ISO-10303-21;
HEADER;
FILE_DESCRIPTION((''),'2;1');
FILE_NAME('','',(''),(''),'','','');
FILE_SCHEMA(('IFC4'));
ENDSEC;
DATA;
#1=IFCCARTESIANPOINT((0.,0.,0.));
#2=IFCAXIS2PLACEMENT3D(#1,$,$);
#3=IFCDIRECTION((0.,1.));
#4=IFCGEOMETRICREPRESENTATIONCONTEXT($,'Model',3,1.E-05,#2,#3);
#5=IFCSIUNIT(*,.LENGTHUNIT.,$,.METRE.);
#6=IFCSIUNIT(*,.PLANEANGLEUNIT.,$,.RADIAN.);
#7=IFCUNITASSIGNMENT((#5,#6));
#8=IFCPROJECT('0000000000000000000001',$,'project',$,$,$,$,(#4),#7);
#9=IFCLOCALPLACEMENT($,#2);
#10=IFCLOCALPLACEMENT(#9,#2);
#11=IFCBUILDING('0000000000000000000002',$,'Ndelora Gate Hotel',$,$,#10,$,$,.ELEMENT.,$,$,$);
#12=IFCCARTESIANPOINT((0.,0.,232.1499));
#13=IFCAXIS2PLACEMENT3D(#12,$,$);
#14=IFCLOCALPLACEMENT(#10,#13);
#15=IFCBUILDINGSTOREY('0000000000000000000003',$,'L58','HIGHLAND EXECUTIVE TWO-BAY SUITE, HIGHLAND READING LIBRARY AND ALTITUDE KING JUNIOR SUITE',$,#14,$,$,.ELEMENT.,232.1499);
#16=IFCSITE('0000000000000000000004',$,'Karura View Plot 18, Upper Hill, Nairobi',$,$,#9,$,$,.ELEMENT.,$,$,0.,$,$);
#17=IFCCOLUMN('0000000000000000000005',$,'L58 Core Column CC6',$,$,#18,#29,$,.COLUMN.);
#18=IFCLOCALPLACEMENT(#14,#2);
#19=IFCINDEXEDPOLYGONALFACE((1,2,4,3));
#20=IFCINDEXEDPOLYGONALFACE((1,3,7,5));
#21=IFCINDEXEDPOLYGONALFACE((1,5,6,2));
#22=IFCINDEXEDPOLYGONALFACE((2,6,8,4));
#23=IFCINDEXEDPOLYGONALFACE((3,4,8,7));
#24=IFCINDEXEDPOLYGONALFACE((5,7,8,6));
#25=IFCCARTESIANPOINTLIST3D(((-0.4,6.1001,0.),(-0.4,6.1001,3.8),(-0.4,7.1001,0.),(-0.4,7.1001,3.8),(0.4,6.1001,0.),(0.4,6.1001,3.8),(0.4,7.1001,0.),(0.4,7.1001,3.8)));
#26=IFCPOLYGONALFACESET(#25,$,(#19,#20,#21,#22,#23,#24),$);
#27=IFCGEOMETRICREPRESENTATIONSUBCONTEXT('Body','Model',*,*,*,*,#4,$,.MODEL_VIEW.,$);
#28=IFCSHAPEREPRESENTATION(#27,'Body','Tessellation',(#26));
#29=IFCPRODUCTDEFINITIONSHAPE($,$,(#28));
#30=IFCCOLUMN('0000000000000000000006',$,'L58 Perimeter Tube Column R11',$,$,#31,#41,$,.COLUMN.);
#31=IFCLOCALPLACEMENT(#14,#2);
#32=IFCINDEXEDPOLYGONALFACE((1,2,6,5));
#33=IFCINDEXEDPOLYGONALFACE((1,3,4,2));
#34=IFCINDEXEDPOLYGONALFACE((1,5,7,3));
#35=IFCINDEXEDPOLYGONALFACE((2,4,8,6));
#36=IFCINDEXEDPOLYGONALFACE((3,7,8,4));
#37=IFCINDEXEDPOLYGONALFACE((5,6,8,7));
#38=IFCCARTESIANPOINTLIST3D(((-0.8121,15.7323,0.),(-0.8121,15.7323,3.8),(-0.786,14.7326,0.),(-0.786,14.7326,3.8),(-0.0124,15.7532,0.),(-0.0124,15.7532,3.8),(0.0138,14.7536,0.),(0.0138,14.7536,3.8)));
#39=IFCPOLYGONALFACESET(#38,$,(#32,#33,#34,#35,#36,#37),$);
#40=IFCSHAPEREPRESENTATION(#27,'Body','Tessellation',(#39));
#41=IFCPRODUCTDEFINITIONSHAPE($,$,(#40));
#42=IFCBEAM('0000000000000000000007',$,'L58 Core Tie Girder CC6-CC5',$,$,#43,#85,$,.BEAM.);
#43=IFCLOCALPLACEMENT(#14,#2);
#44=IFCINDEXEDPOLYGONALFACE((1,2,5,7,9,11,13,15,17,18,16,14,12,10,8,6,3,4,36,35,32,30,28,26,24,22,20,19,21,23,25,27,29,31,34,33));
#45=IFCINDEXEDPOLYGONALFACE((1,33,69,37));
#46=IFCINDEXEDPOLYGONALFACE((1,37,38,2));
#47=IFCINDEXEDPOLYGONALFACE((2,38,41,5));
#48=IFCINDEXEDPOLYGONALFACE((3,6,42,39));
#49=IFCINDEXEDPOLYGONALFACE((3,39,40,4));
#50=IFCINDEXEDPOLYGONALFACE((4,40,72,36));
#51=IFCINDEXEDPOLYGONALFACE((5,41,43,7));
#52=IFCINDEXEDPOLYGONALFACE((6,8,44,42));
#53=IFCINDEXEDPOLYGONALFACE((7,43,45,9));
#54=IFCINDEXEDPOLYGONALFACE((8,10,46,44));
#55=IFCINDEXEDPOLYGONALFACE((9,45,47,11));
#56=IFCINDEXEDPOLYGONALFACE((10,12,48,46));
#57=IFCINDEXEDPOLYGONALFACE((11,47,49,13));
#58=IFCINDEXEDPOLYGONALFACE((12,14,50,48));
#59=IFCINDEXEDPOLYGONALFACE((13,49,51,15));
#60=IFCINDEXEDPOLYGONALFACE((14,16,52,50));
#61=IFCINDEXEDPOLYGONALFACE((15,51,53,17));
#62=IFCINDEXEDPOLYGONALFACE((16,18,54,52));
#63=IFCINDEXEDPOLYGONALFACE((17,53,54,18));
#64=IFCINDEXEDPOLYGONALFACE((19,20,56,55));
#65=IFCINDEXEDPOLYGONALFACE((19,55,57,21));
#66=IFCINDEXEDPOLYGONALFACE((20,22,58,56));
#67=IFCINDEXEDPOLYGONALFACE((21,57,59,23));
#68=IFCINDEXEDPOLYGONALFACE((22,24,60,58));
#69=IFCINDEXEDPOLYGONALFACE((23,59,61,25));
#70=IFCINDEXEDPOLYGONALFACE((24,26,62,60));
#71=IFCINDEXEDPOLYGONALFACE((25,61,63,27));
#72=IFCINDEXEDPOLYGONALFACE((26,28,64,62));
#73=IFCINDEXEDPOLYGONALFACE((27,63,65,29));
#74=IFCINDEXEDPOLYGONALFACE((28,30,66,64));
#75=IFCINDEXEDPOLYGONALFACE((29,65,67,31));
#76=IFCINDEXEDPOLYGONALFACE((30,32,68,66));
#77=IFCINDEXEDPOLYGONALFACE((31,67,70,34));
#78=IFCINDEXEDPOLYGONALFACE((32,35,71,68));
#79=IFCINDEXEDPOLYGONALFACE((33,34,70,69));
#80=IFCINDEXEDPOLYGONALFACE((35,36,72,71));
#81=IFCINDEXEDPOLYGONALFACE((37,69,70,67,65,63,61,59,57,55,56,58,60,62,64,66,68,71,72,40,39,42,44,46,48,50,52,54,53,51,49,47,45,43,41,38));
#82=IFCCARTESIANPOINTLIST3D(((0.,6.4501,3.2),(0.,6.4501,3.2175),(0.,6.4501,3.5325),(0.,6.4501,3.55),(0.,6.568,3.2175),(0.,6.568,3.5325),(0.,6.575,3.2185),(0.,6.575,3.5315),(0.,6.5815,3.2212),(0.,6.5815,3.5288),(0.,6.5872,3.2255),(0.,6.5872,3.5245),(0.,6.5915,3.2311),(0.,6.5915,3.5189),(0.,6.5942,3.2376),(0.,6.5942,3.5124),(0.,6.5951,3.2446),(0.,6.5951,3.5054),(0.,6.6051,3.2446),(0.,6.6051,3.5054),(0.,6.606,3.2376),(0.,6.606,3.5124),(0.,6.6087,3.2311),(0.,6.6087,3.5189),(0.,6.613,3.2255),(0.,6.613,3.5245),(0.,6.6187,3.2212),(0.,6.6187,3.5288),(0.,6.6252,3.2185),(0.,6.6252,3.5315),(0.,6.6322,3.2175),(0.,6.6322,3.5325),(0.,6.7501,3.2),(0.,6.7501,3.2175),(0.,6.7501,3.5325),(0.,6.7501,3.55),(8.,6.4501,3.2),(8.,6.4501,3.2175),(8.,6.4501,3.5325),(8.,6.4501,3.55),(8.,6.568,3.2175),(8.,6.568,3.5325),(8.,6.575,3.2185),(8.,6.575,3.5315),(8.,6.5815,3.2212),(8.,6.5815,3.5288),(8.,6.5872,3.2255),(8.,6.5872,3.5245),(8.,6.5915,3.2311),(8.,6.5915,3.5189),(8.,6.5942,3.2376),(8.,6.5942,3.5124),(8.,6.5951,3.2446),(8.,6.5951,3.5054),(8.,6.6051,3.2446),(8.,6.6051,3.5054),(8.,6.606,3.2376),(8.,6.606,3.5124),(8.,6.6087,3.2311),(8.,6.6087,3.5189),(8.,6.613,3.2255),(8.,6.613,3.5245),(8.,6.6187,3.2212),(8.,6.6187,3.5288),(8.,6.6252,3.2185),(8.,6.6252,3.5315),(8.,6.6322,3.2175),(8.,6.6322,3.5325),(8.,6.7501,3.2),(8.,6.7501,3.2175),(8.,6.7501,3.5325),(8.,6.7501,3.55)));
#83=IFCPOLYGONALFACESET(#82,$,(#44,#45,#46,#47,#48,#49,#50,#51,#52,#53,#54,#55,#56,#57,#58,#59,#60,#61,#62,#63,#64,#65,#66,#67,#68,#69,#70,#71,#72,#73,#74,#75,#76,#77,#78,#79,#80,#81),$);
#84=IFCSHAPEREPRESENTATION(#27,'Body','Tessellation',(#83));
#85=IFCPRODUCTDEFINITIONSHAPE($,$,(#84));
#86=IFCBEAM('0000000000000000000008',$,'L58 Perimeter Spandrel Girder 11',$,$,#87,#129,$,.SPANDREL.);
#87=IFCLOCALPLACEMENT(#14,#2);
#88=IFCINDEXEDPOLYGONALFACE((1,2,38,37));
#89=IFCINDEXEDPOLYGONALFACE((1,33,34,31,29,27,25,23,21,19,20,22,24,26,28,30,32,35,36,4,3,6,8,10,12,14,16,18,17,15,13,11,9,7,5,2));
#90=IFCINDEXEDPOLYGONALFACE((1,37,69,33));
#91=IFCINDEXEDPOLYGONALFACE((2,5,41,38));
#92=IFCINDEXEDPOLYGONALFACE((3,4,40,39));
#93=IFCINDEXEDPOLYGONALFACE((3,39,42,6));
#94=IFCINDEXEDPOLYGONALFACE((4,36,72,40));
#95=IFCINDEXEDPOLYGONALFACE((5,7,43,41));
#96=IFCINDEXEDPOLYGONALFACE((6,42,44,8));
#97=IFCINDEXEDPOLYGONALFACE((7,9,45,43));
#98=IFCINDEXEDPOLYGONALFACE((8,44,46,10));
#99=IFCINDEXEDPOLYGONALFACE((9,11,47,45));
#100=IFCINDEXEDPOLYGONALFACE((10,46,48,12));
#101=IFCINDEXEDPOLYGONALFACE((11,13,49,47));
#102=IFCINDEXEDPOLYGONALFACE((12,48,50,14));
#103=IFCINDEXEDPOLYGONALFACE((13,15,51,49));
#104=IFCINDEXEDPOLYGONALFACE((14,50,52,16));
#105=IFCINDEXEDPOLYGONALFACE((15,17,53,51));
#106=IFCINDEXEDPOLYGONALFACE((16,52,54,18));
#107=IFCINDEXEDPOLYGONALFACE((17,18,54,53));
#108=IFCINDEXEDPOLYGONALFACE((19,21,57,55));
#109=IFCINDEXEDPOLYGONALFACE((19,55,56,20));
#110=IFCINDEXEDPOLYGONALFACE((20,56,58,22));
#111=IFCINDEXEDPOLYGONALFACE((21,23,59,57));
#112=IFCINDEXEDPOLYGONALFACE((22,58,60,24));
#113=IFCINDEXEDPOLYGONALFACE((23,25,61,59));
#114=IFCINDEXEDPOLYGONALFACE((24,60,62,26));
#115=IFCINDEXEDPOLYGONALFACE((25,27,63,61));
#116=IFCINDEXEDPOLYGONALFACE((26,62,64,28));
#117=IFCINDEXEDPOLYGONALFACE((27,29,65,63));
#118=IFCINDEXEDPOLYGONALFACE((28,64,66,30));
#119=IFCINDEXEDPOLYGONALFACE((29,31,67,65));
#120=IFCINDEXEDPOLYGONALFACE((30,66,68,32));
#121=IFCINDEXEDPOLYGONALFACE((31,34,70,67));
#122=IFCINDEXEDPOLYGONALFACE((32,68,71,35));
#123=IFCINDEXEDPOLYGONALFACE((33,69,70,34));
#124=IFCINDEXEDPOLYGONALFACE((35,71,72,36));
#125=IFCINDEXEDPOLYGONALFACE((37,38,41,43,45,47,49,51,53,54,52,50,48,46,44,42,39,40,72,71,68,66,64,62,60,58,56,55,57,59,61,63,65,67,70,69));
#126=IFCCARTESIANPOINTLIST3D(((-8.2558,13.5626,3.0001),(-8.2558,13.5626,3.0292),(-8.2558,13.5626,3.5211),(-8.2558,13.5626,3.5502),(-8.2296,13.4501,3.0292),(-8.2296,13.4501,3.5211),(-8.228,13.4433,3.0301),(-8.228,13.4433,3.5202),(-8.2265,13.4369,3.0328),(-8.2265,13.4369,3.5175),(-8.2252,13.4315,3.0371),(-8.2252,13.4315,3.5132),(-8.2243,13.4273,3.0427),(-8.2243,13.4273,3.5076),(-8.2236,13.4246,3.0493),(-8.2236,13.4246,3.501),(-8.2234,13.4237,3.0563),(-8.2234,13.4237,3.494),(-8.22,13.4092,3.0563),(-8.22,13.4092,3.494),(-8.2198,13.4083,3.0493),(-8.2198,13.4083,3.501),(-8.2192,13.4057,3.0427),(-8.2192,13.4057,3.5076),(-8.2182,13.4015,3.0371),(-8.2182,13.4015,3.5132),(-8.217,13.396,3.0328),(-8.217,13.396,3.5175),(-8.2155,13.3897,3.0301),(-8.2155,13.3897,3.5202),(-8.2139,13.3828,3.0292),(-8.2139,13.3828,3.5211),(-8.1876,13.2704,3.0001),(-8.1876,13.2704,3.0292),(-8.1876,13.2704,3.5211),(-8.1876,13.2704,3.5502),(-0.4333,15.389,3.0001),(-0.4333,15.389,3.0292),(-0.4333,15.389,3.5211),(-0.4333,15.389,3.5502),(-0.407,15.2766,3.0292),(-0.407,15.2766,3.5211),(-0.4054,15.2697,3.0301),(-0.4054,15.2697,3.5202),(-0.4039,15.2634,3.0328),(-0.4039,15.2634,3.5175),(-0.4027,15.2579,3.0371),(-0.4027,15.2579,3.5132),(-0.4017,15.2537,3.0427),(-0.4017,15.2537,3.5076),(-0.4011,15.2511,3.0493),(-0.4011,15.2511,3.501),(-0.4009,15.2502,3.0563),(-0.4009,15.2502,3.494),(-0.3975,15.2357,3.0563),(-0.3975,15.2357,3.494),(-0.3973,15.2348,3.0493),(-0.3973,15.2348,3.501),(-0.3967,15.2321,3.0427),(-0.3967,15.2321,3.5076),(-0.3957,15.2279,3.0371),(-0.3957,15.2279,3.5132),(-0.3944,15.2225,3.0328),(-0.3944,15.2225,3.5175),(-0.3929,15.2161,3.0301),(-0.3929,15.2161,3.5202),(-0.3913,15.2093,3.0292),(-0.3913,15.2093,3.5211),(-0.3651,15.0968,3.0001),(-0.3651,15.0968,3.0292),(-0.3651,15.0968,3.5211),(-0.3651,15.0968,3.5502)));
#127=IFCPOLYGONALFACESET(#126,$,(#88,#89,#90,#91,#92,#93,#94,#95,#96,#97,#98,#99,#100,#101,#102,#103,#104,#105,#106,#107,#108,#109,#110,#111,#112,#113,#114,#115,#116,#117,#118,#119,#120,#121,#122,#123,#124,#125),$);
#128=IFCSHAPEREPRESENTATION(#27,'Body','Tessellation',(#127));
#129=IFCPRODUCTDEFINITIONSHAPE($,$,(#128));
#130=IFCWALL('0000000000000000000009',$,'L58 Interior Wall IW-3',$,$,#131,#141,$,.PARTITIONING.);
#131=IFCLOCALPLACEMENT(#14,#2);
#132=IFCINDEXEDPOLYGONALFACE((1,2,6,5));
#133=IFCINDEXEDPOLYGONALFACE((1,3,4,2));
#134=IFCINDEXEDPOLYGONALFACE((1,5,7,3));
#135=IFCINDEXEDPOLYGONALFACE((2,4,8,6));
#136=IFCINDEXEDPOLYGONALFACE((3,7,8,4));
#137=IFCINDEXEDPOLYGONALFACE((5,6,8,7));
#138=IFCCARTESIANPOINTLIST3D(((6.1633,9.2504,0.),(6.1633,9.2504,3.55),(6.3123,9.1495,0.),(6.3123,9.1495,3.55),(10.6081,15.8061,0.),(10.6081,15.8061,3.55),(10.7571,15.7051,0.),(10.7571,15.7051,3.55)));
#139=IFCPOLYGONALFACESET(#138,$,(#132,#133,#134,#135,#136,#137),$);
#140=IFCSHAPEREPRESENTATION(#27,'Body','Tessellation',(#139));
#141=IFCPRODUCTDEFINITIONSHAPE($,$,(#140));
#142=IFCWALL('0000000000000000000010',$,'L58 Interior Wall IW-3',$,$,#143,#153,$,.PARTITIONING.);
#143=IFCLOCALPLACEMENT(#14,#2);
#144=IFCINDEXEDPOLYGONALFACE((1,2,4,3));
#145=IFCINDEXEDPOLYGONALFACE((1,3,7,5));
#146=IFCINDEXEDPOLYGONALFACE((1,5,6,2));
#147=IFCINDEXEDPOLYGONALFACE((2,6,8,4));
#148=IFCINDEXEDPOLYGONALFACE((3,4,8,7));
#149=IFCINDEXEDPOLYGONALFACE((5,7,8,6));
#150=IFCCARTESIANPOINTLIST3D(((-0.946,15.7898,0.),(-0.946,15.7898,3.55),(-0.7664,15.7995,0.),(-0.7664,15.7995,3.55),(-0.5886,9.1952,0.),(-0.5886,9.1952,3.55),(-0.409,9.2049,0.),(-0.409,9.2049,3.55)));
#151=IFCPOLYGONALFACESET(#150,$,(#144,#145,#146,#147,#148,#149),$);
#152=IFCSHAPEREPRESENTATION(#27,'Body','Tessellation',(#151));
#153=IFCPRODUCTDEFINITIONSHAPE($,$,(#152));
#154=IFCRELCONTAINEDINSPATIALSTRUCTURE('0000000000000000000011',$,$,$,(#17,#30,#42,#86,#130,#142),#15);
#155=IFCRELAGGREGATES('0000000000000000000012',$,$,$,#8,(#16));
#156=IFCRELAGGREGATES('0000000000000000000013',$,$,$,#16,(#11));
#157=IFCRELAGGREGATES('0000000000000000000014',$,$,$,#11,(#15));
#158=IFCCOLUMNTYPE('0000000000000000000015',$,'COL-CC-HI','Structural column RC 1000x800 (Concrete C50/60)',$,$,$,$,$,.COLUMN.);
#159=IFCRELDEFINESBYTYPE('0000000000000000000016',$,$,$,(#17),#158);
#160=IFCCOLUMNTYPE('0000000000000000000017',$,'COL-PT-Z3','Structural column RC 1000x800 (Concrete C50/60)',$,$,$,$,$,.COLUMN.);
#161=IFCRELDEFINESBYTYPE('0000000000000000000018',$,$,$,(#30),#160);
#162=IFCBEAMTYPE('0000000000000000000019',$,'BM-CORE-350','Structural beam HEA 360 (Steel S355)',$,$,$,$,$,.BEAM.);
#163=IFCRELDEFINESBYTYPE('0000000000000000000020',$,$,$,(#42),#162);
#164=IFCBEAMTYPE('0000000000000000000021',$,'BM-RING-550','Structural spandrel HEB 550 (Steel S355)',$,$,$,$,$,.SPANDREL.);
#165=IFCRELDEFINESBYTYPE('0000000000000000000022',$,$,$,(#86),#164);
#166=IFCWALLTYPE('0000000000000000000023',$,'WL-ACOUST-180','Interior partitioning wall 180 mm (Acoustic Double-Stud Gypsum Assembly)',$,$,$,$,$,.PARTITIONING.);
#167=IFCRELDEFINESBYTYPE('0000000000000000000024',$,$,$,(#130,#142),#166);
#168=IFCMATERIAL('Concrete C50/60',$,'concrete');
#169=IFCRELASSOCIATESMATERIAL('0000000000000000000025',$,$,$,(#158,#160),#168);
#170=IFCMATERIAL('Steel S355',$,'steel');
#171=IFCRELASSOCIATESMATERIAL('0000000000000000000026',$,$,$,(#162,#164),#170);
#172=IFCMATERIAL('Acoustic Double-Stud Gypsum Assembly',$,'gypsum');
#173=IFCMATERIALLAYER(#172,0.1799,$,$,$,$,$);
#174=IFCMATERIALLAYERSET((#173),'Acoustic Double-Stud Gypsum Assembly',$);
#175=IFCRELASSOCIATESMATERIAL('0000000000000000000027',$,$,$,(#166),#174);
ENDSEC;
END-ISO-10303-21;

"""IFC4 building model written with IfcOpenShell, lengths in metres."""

from ifc_helpers import new_model, si_unit, direction, frame, frame_2d, origin, origin_2d, place, context, subcontext, project, spatial, rectangle, i_section, extrude, material, layer, layer_set, material_profile, profile_set, type_object, element, save


model = new_model("IFC4")

# Units and contexts
model_context = context("Model", 3, precision=1e-05, world=origin(), true_north=direction((0.0, 1.0)))
body_context = subcontext(model_context, "Body", "Model", "MODEL_VIEW")
ifc_project = project(units=[si_unit("LENGTHUNIT", "METRE"), si_unit("PLANEANGLEUNIT", "RADIAN")], contexts=[model_context])

# Site, building, storey
site_placement = place(None, origin())
site = spatial("IfcSite", under=ifc_project, at=site_placement, Name="Karura View Plot 18, Upper Hill, Nairobi", CompositionType="ELEMENT", RefElevation=0.0)
building_placement = place(site_placement, origin())
building = spatial("IfcBuilding", under=site, at=building_placement, Name="Ndelora Gate Hotel", CompositionType="ELEMENT")
storey_placement = place(building_placement, frame((0.0, 0.0, 232.1499)))
storey = spatial("IfcBuildingStorey", under=building, at=storey_placement, Name="L58", Description="HIGHLAND EXECUTIVE TWO-BAY SUITE, HIGHLAND READING LIBRARY AND ALTITUDE KING JUNIOR SUITE", CompositionType="ELEMENT", Elevation=232.1499)

# Columns
ifc_material_1 = material(Name="Concrete C50/60", Category="concrete")
ifc_material_profile_1 = material_profile(ifc_material_1, rectangle(XDim=0.8, YDim=1.0, at=origin_2d()), Name="RC 1000x800")
ifc_profile_set_1 = profile_set([ifc_material_profile_1], Name="Concrete C50/60")
column_type_1 = type_object("IfcColumnType", Name="COL-CC-HI", Description="Structural column RC 1000x800 (Concrete C50/60)", PredefinedType="COLUMN", material=ifc_profile_set_1)
column_1_placement = place(storey_placement, frame((0.0, 6.6001, 0.0), z_axis=(0.0, 0.0, 1.0), x_axis=(1.0, 0.0, 0.0)))
element("IfcColumn", 1, at=column_1_placement, inside=storey, type_object=column_type_1, Name="L58 Core Column CC6", PredefinedType="COLUMN", context=body_context, shape_type="SweptSolid", body=[
    extrude(rectangle(XDim=0.8, YDim=1.0, at=origin_2d()), origin(), (0.0, 0.0, 1.0), 3.8),
])
ifc_material_profile_2 = material_profile(ifc_material_1, rectangle(XDim=0.8, YDim=1.0, at=origin_2d()), Name="RC 1000x800")
ifc_profile_set_2 = profile_set([ifc_material_profile_2], Name="Concrete C50/60")
column_type_2 = type_object("IfcColumnType", Name="COL-PT-Z3", Description="Structural column RC 1000x800 (Concrete C50/60)", PredefinedType="COLUMN", material=ifc_profile_set_2)
column_2_placement = place(storey_placement, frame((-0.3992, 15.2429, 0.0), z_axis=(0.0, 0.0, 1.0), x_axis=(0.999657, 0.026177, 0.0)))
element("IfcColumn", 2, at=column_2_placement, inside=storey, type_object=column_type_2, Name="L58 Perimeter Tube Column R11", PredefinedType="COLUMN", context=body_context, shape_type="SweptSolid", body=[
    extrude(rectangle(XDim=0.8, YDim=1.0, at=origin_2d()), origin(), (0.0, 0.0, 1.0), 3.8),
])

# Beams
ifc_material_2 = material(Name="Steel S355", Category="steel")
ifc_material_profile_3 = material_profile(ifc_material_2, i_section(OverallWidth=0.3, OverallDepth=0.3501, WebThickness=0.01, FlangeThickness=0.0176, FilletRadius=0.0271, at=origin_2d()), Name="HEA 360")
ifc_profile_set_3 = profile_set([ifc_material_profile_3], Name="Steel S355")
beam_type_1 = type_object("IfcBeamType", Name="BM-CORE-350", Description="Structural beam HEA 360 (Steel S355)", PredefinedType="BEAM", material=ifc_profile_set_3)
beam_1_placement = place(storey_placement, frame((0.0, 6.6001, 3.375), z_axis=(1.0, 0.0, 0.0), x_axis=(0.0, 1.0, 0.0)))
element("IfcBeam", 3, at=beam_1_placement, inside=storey, type_object=beam_type_1, Name="L58 Core Tie Girder CC6-CC5", PredefinedType="BEAM", context=body_context, shape_type="SweptSolid", body=[
    extrude(i_section(OverallWidth=0.3, OverallDepth=0.3501, WebThickness=0.01, FlangeThickness=0.0176, FilletRadius=0.0271, at=origin_2d()), origin(), (0.0, 0.0, 1.0), 8.0),
])
ifc_material_profile_4 = material_profile(ifc_material_2, i_section(OverallWidth=0.3, OverallDepth=0.55, WebThickness=0.0149, FlangeThickness=0.0291, FilletRadius=0.0271, at=origin_2d()), Name="HEB 550")
ifc_profile_set_4 = profile_set([ifc_material_profile_4], Name="Steel S355")
beam_type_2 = type_object("IfcBeamType", Name="BM-RING-550", Description="Structural spandrel HEB 550 (Steel S355)", PredefinedType="SPANDREL", material=ifc_profile_set_4)
beam_2_placement = place(storey_placement, frame((-0.3992, 15.2429, 3.2751), z_axis=(-0.973809, -0.227367, 0.0), x_axis=(0.227367, -0.973809, 0.0)))
element("IfcBeam", 4, at=beam_2_placement, inside=storey, type_object=beam_type_2, Name="L58 Perimeter Spandrel Girder 11", PredefinedType="SPANDREL", context=body_context, shape_type="SweptSolid", body=[
    extrude(i_section(OverallWidth=0.3, OverallDepth=0.55, WebThickness=0.0149, FlangeThickness=0.0291, FilletRadius=0.0271, at=origin_2d()), origin(), (0.0, 0.0, 1.0), 8.033),
])

# Walls
ifc_material_3 = material(Name="Acoustic Double-Stud Gypsum Assembly", Category="gypsum")
ifc_layer_1 = layer(ifc_material_3, 0.1799)
ifc_layer_set_1 = layer_set([ifc_layer_1], Name="Acoustic Double-Stud Gypsum Assembly")
wall_type_1 = type_object("IfcWallType", Name="WL-ACOUST-180", Description="Interior partitioning wall 180 mm (Acoustic Double-Stud Gypsum Assembly)", PredefinedType="PARTITIONING", material=ifc_layer_set_1)
wall_1_placement = place(storey_placement, frame((6.2378, 9.2, 0.0), z_axis=(0.0, 0.0, 1.0), x_axis=(0.561185, 0.827691, 0.0)))
element("IfcWall", 5, at=wall_1_placement, inside=storey, type_object=wall_type_1, Name="L58 Interior Wall IW-3", PredefinedType="PARTITIONING", context=body_context, shape_type="SweptSolid", body=[
    extrude(rectangle(XDim=7.9204, YDim=0.1799, at=frame_2d((3.9602, 0.0))), origin(), (0.0, 0.0, 1.0), 3.55),
])
wall_2_placement = place(storey_placement, frame((-0.4988, 9.2, 0.0), z_axis=(0.0, 0.0, 1.0), x_axis=(-0.054121, 0.998534, 0.0)))
element("IfcWall", 6, at=wall_2_placement, inside=storey, type_object=wall_type_1, Name="L58 Interior Wall IW-3", PredefinedType="PARTITIONING", context=body_context, shape_type="SweptSolid", body=[
    extrude(rectangle(XDim=6.6042, YDim=0.1799, at=frame_2d((3.3022, 0.0))), origin(), (0.0, 0.0, 1.0), 3.55),
])

save(model, "model.ifc")
